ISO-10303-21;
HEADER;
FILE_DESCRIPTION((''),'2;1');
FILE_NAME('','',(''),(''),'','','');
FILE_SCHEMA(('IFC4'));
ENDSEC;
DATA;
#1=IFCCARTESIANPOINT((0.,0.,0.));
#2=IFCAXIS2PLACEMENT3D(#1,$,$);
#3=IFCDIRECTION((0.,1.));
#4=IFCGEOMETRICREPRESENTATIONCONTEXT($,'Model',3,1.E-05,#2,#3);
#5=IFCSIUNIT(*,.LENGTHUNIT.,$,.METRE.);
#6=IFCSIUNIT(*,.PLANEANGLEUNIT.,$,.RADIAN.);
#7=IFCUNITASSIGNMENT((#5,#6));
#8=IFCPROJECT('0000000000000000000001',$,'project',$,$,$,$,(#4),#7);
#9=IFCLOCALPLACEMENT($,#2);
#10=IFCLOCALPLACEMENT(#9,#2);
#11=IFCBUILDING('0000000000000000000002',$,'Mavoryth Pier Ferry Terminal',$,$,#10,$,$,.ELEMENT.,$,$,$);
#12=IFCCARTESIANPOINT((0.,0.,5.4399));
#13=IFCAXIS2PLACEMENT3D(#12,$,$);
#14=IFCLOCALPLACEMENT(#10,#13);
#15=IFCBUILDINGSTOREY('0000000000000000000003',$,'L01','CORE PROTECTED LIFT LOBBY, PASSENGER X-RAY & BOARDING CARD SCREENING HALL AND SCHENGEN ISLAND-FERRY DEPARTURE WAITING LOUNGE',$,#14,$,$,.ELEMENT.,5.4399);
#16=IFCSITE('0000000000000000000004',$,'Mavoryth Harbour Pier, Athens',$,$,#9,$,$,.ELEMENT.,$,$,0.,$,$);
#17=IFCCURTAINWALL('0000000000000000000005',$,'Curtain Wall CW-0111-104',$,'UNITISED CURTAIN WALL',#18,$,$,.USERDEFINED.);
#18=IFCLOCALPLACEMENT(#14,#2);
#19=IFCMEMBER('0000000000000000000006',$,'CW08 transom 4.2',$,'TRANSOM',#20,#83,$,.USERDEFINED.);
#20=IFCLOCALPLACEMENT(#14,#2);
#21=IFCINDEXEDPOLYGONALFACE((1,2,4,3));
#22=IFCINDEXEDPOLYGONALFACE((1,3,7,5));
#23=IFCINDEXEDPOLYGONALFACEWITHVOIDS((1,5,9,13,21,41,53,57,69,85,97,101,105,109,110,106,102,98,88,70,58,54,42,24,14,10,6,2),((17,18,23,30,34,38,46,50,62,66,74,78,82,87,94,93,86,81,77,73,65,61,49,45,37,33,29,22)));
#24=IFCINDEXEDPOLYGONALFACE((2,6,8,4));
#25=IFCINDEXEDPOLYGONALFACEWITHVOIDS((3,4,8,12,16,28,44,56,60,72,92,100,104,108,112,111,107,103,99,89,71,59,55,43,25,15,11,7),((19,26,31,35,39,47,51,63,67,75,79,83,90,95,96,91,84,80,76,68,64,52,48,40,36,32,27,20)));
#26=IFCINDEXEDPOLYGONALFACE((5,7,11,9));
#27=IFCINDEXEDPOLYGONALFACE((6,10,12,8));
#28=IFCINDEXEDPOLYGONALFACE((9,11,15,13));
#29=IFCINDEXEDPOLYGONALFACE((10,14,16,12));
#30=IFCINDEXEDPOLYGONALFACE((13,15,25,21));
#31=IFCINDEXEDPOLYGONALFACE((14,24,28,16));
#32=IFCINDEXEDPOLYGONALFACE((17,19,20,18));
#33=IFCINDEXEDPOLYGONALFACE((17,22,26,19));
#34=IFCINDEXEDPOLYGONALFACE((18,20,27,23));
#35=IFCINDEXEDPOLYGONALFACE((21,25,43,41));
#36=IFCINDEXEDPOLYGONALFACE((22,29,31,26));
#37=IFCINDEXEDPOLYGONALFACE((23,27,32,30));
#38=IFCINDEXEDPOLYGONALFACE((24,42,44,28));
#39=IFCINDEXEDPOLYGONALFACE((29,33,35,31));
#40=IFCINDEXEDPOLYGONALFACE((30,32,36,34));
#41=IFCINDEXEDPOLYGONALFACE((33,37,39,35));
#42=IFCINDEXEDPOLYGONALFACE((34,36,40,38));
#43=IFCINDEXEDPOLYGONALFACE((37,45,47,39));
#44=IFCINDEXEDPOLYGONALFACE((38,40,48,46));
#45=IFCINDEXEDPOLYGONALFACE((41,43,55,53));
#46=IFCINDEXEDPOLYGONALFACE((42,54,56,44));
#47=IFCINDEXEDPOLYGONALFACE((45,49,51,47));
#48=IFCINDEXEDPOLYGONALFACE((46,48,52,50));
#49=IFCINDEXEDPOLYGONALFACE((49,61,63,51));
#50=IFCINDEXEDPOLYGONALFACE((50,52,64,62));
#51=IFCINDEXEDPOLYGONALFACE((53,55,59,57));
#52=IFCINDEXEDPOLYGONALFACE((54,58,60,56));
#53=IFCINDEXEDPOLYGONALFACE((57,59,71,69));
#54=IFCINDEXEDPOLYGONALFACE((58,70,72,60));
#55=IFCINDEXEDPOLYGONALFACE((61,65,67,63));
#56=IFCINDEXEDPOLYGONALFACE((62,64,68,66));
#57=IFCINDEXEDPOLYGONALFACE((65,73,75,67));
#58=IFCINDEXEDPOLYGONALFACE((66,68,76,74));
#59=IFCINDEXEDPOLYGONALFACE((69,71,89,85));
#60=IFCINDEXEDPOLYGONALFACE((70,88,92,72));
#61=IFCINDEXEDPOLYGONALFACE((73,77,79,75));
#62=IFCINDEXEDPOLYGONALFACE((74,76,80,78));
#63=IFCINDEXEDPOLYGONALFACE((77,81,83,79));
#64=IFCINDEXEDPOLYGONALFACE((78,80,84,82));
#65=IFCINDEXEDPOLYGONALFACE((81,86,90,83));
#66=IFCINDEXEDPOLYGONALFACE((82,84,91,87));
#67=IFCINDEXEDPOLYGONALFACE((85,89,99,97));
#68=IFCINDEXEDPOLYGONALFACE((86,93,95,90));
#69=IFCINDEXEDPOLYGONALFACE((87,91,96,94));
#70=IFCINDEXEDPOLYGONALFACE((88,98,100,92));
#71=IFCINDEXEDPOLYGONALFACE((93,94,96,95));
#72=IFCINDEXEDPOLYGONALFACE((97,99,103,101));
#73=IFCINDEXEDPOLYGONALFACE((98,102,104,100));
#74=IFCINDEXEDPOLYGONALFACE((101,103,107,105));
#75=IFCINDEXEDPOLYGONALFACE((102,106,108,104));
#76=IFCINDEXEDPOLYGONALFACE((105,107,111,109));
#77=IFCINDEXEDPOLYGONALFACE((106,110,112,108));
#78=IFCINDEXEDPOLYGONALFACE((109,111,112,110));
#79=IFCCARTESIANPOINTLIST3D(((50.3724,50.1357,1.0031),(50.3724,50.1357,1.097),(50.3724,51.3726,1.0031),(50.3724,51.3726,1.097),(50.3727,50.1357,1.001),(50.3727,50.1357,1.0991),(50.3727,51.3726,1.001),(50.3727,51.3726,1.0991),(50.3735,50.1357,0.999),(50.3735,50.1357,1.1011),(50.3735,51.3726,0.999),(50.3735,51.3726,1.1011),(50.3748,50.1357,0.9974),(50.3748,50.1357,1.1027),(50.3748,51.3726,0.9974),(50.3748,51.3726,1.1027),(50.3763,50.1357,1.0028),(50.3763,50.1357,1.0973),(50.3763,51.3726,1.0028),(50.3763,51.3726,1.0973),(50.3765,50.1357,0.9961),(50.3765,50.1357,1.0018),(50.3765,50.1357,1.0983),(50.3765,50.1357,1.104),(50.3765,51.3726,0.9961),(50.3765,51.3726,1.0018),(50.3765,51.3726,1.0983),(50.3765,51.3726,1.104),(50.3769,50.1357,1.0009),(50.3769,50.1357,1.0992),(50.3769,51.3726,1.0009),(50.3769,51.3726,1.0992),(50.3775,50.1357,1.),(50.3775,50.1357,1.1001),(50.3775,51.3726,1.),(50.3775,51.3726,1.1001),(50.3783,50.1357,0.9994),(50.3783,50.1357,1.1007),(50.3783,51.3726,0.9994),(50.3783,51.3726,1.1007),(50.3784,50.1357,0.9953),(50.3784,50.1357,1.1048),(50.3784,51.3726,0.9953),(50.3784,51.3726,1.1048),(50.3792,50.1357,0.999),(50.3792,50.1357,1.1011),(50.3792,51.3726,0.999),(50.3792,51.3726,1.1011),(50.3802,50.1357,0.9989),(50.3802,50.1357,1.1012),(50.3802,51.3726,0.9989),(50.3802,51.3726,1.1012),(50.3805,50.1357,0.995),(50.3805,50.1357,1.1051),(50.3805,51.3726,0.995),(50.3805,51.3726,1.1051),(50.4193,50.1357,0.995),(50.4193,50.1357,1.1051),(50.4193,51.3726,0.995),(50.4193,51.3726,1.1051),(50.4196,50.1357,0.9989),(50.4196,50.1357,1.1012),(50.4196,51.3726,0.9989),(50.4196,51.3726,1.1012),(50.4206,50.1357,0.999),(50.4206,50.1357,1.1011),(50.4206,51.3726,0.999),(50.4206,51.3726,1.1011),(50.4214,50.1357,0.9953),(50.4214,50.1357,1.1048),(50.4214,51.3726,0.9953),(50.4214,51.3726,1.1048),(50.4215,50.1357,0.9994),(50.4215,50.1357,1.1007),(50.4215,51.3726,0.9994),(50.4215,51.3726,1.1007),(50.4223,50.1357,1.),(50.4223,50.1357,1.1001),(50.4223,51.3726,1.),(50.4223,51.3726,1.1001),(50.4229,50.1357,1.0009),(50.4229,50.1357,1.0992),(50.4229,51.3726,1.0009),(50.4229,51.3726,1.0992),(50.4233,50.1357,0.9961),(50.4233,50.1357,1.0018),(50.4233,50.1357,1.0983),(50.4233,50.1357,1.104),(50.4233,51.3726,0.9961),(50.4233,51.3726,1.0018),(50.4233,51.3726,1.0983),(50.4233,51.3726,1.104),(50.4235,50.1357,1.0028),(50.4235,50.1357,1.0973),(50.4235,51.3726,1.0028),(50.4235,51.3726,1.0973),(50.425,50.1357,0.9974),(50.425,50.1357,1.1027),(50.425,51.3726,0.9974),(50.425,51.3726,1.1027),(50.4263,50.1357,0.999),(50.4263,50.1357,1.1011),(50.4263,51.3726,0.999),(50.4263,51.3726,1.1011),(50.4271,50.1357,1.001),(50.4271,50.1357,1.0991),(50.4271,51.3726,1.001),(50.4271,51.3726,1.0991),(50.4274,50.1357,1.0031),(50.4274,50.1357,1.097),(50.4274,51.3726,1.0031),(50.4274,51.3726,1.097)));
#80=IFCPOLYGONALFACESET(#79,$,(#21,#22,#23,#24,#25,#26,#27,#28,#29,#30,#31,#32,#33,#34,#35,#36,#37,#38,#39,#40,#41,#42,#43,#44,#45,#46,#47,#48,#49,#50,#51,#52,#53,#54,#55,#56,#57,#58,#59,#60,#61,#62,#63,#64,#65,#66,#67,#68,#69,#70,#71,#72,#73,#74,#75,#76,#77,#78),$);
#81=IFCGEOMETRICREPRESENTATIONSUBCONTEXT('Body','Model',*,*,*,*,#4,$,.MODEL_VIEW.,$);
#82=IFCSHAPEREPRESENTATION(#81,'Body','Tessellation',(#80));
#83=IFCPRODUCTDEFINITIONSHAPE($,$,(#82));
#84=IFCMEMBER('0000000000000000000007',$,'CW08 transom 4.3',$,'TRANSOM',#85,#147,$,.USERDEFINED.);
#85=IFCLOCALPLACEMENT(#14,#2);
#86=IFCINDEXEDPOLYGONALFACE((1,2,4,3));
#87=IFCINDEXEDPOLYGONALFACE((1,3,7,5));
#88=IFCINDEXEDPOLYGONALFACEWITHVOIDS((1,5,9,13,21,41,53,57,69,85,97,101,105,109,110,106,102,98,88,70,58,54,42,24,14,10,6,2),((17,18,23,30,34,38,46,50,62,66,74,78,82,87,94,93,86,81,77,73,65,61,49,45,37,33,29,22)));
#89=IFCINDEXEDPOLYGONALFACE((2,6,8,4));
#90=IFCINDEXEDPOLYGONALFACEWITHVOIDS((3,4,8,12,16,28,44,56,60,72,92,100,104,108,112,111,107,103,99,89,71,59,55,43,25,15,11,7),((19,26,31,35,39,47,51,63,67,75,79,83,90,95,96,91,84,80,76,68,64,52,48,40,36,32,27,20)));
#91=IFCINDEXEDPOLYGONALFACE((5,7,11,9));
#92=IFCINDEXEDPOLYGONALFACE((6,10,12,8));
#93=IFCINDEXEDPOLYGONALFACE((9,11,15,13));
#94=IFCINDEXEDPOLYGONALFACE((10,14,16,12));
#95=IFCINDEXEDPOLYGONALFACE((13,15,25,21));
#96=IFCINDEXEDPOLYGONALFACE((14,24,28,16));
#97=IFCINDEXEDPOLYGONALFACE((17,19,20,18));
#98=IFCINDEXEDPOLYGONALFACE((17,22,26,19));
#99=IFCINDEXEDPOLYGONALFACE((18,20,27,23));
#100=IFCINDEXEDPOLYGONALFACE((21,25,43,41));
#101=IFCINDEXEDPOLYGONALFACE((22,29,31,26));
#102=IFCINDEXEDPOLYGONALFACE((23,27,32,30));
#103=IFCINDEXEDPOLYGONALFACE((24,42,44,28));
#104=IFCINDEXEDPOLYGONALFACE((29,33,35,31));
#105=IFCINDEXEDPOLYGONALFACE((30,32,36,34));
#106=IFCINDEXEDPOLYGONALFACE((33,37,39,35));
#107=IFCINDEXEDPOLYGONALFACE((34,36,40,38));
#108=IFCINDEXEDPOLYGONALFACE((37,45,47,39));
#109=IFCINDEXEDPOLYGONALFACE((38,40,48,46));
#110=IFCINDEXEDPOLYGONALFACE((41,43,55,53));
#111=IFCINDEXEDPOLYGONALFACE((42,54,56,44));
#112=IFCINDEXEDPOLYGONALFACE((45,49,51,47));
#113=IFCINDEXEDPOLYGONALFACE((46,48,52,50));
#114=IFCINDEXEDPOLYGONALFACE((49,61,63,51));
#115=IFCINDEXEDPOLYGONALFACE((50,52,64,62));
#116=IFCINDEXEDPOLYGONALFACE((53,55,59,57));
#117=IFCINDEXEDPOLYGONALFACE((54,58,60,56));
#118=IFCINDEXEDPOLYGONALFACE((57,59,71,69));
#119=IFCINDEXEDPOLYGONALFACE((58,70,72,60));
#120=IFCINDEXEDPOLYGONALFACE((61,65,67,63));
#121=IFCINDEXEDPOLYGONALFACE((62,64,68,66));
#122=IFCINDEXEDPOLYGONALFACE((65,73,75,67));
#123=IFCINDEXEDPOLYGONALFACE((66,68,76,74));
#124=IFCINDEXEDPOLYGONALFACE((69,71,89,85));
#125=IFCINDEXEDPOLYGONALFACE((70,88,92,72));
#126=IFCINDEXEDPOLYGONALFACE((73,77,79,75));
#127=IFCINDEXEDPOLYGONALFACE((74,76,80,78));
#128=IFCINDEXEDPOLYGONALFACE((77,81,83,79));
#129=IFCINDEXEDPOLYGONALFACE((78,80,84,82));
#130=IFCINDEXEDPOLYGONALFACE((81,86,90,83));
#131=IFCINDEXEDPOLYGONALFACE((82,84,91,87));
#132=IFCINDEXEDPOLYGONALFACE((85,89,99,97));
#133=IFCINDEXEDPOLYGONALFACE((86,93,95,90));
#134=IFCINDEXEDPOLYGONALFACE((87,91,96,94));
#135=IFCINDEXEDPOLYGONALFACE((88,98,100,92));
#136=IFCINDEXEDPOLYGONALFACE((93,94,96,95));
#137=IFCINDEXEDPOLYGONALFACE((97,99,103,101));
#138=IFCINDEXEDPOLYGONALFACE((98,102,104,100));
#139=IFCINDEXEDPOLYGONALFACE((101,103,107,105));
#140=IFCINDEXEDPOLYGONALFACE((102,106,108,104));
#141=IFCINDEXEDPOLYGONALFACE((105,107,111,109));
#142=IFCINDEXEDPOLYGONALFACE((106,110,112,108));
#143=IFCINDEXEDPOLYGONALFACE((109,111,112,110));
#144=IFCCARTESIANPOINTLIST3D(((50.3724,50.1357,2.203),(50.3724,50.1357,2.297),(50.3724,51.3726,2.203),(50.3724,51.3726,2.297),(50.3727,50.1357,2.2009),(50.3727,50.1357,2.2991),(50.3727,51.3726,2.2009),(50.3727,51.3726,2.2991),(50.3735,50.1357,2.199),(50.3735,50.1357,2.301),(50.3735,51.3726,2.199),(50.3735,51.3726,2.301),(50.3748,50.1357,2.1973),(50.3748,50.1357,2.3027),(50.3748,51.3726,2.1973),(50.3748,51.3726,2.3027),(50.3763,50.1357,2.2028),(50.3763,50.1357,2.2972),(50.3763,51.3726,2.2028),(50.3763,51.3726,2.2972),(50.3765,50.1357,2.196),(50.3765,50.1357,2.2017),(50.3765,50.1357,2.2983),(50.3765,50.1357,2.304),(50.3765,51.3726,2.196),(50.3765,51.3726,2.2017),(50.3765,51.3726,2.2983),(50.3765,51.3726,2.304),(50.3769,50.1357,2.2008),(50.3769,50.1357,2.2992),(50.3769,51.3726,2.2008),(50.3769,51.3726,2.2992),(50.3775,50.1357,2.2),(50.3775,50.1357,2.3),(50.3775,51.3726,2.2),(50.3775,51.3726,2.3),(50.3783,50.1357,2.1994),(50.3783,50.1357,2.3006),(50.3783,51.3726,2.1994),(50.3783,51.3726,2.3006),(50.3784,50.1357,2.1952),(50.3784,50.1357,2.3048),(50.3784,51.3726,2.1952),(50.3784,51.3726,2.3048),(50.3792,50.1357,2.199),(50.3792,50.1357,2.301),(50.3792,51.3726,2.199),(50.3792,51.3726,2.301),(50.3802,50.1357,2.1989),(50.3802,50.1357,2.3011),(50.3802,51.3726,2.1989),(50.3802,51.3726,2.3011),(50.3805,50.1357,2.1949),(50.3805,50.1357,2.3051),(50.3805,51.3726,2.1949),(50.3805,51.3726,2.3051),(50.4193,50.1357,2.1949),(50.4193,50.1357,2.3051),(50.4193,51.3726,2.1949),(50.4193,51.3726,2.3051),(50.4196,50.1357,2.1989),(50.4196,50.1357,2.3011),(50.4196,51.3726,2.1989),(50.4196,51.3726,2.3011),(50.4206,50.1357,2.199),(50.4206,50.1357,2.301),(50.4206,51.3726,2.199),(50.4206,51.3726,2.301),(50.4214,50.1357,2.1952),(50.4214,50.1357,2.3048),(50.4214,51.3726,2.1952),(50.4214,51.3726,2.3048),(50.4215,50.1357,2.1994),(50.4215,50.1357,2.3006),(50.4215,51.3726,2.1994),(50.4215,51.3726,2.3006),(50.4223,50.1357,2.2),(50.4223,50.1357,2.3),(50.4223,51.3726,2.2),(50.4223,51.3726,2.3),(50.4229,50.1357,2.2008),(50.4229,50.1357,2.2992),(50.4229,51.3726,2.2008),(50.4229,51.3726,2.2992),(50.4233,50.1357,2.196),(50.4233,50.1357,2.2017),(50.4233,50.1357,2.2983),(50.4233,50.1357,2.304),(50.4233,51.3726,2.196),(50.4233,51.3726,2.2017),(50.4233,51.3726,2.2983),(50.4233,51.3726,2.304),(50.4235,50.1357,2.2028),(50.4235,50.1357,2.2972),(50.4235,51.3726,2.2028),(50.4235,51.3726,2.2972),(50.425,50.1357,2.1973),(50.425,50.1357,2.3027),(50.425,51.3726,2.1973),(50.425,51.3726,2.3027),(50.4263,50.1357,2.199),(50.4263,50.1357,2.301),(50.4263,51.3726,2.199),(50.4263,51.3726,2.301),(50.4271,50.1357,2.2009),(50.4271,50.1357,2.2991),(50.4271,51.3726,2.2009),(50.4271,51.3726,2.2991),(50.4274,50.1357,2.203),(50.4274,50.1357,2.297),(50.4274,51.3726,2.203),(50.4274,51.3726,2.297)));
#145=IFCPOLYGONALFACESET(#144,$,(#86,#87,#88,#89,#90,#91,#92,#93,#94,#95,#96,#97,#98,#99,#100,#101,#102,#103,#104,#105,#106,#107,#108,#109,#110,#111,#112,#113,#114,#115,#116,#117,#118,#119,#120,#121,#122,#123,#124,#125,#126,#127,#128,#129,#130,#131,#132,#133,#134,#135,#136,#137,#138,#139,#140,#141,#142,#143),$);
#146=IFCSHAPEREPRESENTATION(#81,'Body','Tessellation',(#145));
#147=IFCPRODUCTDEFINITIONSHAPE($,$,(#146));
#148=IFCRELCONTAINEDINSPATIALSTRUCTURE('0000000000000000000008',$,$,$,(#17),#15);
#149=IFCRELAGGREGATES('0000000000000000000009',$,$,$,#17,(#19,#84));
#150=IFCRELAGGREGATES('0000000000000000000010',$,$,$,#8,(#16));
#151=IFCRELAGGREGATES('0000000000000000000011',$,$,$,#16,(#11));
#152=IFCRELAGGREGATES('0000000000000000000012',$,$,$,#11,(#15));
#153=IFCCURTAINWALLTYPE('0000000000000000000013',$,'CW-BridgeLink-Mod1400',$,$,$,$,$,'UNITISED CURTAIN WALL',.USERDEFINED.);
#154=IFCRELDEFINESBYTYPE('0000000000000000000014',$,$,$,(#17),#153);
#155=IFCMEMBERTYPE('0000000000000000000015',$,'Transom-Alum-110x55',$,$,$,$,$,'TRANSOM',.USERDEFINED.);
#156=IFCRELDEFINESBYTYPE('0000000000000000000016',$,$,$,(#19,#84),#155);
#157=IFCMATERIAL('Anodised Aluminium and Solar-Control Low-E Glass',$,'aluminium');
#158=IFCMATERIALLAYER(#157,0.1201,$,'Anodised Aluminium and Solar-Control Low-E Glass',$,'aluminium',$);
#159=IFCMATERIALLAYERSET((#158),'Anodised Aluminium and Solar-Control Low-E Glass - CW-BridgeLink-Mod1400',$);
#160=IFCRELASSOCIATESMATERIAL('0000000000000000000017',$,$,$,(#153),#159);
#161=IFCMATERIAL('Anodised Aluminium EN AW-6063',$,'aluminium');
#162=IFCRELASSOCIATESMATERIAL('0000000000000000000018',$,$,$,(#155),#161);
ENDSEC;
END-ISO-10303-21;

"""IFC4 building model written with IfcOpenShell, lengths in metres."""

from ifc_helpers import new_model, si_unit, direction, frame, origin, origin_2d, place, context, subcontext, project, spatial, hollow_rectangle, extrude, material, layer, layer_set, material_profile, profile_set, type_object, element, aggregate, save


model = new_model("IFC4")

# Units and contexts
model_context = context("Model", 3, precision=1e-05, world=origin(), true_north=direction((0.0, 1.0)))
body_context = subcontext(model_context, "Body", "Model", "MODEL_VIEW")
ifc_project = project(units=[si_unit("LENGTHUNIT", "METRE"), si_unit("PLANEANGLEUNIT", "RADIAN")], contexts=[model_context])

# Site, building, storey
site_placement = place(None, origin())
site = spatial("IfcSite", under=ifc_project, at=site_placement, Name="Mavoryth Harbour Pier, Athens", CompositionType="ELEMENT", RefElevation=0.0)
building_placement = place(site_placement, origin())
building = spatial("IfcBuilding", under=site, at=building_placement, Name="Mavoryth Pier Ferry Terminal", CompositionType="ELEMENT")
storey_placement = place(building_placement, frame((0.0, 0.0, 5.4399)))
storey = spatial("IfcBuildingStorey", under=building, at=storey_placement, Name="L01", Description="CORE PROTECTED LIFT LOBBY, PASSENGER X-RAY & BOARDING CARD SCREENING HALL AND SCHENGEN ISLAND-FERRY DEPARTURE WAITING LOUNGE", CompositionType="ELEMENT", Elevation=5.4399)

# Curtain wall, members
ifc_material_1 = material(Name="Anodised Aluminium and Solar-Control Low-E Glass", Category="aluminium")
ifc_layer_1 = layer(ifc_material_1, 0.1201, Name="Anodised Aluminium and Solar-Control Low-E Glass", Category="aluminium")
ifc_layer_set_1 = layer_set([ifc_layer_1], Name="Anodised Aluminium and Solar-Control Low-E Glass - CW-BridgeLink-Mod1400")
curtain_wall_type = type_object("IfcCurtainWallType", Name="CW-BridgeLink-Mod1400", ElementType="UNITISED CURTAIN WALL", PredefinedType="USERDEFINED", material=ifc_layer_set_1)
curtain_wall_placement = place(storey_placement, origin())
curtain_wall = element("IfcCurtainWall", 1, at=curtain_wall_placement, inside=storey, type_object=curtain_wall_type, Name="Curtain Wall CW-0111-104", ObjectType="UNITISED CURTAIN WALL", PredefinedType="USERDEFINED")
ifc_material_2 = material(Name="Anodised Aluminium EN AW-6063", Category="aluminium")
ifc_material_profile_1 = material_profile(ifc_material_2, hollow_rectangle(XDim=0.0549, YDim=0.1101, WallThickness=0.0039, InnerFilletRadius=0.0039, OuterFilletRadius=0.0081, at=origin_2d()), Name="AL-TRAN 110x55x4", Category="aluminium")
ifc_profile_set_1 = profile_set([ifc_material_profile_1], Name="Anodised Aluminium EN AW-6063 - AL-TRAN 110x55x4")
member_type_1 = type_object("IfcMemberType", Name="Transom-Alum-110x55", ElementType="TRANSOM", PredefinedType="USERDEFINED", material=ifc_profile_set_1)
member_1_placement = place(storey_placement, frame((50.3999, 51.3726, 1.05), z_axis=(0.0, -1.0, 0.0), x_axis=(1.0, 0.0, 0.0)))
member_1 = element("IfcMember", 2, at=member_1_placement, type_object=member_type_1, Name="CW08 transom 4.2", ObjectType="TRANSOM", PredefinedType="USERDEFINED", context=body_context, shape_type="SweptSolid", body=[
    extrude(hollow_rectangle(XDim=0.0549, YDim=0.1101, WallThickness=0.0039, InnerFilletRadius=0.0039, OuterFilletRadius=0.0081, at=origin_2d()), origin(), (0.0, 0.0, 1.0), 1.2368),
])
member_2_placement = place(storey_placement, frame((50.3999, 51.3726, 2.25), z_axis=(0.0, -1.0, 0.0), x_axis=(1.0, 0.0, 0.0)))
member_2 = element("IfcMember", 3, at=member_2_placement, type_object=member_type_1, Name="CW08 transom 4.3", ObjectType="TRANSOM", PredefinedType="USERDEFINED", context=body_context, shape_type="SweptSolid", body=[
    extrude(hollow_rectangle(XDim=0.0549, YDim=0.1101, WallThickness=0.0039, InnerFilletRadius=0.0039, OuterFilletRadius=0.0081, at=origin_2d()), origin(), (0.0, 0.0, 1.0), 1.2368),
])
aggregate(curtain_wall, [member_1, member_2])

save(model, "model.ifc")
